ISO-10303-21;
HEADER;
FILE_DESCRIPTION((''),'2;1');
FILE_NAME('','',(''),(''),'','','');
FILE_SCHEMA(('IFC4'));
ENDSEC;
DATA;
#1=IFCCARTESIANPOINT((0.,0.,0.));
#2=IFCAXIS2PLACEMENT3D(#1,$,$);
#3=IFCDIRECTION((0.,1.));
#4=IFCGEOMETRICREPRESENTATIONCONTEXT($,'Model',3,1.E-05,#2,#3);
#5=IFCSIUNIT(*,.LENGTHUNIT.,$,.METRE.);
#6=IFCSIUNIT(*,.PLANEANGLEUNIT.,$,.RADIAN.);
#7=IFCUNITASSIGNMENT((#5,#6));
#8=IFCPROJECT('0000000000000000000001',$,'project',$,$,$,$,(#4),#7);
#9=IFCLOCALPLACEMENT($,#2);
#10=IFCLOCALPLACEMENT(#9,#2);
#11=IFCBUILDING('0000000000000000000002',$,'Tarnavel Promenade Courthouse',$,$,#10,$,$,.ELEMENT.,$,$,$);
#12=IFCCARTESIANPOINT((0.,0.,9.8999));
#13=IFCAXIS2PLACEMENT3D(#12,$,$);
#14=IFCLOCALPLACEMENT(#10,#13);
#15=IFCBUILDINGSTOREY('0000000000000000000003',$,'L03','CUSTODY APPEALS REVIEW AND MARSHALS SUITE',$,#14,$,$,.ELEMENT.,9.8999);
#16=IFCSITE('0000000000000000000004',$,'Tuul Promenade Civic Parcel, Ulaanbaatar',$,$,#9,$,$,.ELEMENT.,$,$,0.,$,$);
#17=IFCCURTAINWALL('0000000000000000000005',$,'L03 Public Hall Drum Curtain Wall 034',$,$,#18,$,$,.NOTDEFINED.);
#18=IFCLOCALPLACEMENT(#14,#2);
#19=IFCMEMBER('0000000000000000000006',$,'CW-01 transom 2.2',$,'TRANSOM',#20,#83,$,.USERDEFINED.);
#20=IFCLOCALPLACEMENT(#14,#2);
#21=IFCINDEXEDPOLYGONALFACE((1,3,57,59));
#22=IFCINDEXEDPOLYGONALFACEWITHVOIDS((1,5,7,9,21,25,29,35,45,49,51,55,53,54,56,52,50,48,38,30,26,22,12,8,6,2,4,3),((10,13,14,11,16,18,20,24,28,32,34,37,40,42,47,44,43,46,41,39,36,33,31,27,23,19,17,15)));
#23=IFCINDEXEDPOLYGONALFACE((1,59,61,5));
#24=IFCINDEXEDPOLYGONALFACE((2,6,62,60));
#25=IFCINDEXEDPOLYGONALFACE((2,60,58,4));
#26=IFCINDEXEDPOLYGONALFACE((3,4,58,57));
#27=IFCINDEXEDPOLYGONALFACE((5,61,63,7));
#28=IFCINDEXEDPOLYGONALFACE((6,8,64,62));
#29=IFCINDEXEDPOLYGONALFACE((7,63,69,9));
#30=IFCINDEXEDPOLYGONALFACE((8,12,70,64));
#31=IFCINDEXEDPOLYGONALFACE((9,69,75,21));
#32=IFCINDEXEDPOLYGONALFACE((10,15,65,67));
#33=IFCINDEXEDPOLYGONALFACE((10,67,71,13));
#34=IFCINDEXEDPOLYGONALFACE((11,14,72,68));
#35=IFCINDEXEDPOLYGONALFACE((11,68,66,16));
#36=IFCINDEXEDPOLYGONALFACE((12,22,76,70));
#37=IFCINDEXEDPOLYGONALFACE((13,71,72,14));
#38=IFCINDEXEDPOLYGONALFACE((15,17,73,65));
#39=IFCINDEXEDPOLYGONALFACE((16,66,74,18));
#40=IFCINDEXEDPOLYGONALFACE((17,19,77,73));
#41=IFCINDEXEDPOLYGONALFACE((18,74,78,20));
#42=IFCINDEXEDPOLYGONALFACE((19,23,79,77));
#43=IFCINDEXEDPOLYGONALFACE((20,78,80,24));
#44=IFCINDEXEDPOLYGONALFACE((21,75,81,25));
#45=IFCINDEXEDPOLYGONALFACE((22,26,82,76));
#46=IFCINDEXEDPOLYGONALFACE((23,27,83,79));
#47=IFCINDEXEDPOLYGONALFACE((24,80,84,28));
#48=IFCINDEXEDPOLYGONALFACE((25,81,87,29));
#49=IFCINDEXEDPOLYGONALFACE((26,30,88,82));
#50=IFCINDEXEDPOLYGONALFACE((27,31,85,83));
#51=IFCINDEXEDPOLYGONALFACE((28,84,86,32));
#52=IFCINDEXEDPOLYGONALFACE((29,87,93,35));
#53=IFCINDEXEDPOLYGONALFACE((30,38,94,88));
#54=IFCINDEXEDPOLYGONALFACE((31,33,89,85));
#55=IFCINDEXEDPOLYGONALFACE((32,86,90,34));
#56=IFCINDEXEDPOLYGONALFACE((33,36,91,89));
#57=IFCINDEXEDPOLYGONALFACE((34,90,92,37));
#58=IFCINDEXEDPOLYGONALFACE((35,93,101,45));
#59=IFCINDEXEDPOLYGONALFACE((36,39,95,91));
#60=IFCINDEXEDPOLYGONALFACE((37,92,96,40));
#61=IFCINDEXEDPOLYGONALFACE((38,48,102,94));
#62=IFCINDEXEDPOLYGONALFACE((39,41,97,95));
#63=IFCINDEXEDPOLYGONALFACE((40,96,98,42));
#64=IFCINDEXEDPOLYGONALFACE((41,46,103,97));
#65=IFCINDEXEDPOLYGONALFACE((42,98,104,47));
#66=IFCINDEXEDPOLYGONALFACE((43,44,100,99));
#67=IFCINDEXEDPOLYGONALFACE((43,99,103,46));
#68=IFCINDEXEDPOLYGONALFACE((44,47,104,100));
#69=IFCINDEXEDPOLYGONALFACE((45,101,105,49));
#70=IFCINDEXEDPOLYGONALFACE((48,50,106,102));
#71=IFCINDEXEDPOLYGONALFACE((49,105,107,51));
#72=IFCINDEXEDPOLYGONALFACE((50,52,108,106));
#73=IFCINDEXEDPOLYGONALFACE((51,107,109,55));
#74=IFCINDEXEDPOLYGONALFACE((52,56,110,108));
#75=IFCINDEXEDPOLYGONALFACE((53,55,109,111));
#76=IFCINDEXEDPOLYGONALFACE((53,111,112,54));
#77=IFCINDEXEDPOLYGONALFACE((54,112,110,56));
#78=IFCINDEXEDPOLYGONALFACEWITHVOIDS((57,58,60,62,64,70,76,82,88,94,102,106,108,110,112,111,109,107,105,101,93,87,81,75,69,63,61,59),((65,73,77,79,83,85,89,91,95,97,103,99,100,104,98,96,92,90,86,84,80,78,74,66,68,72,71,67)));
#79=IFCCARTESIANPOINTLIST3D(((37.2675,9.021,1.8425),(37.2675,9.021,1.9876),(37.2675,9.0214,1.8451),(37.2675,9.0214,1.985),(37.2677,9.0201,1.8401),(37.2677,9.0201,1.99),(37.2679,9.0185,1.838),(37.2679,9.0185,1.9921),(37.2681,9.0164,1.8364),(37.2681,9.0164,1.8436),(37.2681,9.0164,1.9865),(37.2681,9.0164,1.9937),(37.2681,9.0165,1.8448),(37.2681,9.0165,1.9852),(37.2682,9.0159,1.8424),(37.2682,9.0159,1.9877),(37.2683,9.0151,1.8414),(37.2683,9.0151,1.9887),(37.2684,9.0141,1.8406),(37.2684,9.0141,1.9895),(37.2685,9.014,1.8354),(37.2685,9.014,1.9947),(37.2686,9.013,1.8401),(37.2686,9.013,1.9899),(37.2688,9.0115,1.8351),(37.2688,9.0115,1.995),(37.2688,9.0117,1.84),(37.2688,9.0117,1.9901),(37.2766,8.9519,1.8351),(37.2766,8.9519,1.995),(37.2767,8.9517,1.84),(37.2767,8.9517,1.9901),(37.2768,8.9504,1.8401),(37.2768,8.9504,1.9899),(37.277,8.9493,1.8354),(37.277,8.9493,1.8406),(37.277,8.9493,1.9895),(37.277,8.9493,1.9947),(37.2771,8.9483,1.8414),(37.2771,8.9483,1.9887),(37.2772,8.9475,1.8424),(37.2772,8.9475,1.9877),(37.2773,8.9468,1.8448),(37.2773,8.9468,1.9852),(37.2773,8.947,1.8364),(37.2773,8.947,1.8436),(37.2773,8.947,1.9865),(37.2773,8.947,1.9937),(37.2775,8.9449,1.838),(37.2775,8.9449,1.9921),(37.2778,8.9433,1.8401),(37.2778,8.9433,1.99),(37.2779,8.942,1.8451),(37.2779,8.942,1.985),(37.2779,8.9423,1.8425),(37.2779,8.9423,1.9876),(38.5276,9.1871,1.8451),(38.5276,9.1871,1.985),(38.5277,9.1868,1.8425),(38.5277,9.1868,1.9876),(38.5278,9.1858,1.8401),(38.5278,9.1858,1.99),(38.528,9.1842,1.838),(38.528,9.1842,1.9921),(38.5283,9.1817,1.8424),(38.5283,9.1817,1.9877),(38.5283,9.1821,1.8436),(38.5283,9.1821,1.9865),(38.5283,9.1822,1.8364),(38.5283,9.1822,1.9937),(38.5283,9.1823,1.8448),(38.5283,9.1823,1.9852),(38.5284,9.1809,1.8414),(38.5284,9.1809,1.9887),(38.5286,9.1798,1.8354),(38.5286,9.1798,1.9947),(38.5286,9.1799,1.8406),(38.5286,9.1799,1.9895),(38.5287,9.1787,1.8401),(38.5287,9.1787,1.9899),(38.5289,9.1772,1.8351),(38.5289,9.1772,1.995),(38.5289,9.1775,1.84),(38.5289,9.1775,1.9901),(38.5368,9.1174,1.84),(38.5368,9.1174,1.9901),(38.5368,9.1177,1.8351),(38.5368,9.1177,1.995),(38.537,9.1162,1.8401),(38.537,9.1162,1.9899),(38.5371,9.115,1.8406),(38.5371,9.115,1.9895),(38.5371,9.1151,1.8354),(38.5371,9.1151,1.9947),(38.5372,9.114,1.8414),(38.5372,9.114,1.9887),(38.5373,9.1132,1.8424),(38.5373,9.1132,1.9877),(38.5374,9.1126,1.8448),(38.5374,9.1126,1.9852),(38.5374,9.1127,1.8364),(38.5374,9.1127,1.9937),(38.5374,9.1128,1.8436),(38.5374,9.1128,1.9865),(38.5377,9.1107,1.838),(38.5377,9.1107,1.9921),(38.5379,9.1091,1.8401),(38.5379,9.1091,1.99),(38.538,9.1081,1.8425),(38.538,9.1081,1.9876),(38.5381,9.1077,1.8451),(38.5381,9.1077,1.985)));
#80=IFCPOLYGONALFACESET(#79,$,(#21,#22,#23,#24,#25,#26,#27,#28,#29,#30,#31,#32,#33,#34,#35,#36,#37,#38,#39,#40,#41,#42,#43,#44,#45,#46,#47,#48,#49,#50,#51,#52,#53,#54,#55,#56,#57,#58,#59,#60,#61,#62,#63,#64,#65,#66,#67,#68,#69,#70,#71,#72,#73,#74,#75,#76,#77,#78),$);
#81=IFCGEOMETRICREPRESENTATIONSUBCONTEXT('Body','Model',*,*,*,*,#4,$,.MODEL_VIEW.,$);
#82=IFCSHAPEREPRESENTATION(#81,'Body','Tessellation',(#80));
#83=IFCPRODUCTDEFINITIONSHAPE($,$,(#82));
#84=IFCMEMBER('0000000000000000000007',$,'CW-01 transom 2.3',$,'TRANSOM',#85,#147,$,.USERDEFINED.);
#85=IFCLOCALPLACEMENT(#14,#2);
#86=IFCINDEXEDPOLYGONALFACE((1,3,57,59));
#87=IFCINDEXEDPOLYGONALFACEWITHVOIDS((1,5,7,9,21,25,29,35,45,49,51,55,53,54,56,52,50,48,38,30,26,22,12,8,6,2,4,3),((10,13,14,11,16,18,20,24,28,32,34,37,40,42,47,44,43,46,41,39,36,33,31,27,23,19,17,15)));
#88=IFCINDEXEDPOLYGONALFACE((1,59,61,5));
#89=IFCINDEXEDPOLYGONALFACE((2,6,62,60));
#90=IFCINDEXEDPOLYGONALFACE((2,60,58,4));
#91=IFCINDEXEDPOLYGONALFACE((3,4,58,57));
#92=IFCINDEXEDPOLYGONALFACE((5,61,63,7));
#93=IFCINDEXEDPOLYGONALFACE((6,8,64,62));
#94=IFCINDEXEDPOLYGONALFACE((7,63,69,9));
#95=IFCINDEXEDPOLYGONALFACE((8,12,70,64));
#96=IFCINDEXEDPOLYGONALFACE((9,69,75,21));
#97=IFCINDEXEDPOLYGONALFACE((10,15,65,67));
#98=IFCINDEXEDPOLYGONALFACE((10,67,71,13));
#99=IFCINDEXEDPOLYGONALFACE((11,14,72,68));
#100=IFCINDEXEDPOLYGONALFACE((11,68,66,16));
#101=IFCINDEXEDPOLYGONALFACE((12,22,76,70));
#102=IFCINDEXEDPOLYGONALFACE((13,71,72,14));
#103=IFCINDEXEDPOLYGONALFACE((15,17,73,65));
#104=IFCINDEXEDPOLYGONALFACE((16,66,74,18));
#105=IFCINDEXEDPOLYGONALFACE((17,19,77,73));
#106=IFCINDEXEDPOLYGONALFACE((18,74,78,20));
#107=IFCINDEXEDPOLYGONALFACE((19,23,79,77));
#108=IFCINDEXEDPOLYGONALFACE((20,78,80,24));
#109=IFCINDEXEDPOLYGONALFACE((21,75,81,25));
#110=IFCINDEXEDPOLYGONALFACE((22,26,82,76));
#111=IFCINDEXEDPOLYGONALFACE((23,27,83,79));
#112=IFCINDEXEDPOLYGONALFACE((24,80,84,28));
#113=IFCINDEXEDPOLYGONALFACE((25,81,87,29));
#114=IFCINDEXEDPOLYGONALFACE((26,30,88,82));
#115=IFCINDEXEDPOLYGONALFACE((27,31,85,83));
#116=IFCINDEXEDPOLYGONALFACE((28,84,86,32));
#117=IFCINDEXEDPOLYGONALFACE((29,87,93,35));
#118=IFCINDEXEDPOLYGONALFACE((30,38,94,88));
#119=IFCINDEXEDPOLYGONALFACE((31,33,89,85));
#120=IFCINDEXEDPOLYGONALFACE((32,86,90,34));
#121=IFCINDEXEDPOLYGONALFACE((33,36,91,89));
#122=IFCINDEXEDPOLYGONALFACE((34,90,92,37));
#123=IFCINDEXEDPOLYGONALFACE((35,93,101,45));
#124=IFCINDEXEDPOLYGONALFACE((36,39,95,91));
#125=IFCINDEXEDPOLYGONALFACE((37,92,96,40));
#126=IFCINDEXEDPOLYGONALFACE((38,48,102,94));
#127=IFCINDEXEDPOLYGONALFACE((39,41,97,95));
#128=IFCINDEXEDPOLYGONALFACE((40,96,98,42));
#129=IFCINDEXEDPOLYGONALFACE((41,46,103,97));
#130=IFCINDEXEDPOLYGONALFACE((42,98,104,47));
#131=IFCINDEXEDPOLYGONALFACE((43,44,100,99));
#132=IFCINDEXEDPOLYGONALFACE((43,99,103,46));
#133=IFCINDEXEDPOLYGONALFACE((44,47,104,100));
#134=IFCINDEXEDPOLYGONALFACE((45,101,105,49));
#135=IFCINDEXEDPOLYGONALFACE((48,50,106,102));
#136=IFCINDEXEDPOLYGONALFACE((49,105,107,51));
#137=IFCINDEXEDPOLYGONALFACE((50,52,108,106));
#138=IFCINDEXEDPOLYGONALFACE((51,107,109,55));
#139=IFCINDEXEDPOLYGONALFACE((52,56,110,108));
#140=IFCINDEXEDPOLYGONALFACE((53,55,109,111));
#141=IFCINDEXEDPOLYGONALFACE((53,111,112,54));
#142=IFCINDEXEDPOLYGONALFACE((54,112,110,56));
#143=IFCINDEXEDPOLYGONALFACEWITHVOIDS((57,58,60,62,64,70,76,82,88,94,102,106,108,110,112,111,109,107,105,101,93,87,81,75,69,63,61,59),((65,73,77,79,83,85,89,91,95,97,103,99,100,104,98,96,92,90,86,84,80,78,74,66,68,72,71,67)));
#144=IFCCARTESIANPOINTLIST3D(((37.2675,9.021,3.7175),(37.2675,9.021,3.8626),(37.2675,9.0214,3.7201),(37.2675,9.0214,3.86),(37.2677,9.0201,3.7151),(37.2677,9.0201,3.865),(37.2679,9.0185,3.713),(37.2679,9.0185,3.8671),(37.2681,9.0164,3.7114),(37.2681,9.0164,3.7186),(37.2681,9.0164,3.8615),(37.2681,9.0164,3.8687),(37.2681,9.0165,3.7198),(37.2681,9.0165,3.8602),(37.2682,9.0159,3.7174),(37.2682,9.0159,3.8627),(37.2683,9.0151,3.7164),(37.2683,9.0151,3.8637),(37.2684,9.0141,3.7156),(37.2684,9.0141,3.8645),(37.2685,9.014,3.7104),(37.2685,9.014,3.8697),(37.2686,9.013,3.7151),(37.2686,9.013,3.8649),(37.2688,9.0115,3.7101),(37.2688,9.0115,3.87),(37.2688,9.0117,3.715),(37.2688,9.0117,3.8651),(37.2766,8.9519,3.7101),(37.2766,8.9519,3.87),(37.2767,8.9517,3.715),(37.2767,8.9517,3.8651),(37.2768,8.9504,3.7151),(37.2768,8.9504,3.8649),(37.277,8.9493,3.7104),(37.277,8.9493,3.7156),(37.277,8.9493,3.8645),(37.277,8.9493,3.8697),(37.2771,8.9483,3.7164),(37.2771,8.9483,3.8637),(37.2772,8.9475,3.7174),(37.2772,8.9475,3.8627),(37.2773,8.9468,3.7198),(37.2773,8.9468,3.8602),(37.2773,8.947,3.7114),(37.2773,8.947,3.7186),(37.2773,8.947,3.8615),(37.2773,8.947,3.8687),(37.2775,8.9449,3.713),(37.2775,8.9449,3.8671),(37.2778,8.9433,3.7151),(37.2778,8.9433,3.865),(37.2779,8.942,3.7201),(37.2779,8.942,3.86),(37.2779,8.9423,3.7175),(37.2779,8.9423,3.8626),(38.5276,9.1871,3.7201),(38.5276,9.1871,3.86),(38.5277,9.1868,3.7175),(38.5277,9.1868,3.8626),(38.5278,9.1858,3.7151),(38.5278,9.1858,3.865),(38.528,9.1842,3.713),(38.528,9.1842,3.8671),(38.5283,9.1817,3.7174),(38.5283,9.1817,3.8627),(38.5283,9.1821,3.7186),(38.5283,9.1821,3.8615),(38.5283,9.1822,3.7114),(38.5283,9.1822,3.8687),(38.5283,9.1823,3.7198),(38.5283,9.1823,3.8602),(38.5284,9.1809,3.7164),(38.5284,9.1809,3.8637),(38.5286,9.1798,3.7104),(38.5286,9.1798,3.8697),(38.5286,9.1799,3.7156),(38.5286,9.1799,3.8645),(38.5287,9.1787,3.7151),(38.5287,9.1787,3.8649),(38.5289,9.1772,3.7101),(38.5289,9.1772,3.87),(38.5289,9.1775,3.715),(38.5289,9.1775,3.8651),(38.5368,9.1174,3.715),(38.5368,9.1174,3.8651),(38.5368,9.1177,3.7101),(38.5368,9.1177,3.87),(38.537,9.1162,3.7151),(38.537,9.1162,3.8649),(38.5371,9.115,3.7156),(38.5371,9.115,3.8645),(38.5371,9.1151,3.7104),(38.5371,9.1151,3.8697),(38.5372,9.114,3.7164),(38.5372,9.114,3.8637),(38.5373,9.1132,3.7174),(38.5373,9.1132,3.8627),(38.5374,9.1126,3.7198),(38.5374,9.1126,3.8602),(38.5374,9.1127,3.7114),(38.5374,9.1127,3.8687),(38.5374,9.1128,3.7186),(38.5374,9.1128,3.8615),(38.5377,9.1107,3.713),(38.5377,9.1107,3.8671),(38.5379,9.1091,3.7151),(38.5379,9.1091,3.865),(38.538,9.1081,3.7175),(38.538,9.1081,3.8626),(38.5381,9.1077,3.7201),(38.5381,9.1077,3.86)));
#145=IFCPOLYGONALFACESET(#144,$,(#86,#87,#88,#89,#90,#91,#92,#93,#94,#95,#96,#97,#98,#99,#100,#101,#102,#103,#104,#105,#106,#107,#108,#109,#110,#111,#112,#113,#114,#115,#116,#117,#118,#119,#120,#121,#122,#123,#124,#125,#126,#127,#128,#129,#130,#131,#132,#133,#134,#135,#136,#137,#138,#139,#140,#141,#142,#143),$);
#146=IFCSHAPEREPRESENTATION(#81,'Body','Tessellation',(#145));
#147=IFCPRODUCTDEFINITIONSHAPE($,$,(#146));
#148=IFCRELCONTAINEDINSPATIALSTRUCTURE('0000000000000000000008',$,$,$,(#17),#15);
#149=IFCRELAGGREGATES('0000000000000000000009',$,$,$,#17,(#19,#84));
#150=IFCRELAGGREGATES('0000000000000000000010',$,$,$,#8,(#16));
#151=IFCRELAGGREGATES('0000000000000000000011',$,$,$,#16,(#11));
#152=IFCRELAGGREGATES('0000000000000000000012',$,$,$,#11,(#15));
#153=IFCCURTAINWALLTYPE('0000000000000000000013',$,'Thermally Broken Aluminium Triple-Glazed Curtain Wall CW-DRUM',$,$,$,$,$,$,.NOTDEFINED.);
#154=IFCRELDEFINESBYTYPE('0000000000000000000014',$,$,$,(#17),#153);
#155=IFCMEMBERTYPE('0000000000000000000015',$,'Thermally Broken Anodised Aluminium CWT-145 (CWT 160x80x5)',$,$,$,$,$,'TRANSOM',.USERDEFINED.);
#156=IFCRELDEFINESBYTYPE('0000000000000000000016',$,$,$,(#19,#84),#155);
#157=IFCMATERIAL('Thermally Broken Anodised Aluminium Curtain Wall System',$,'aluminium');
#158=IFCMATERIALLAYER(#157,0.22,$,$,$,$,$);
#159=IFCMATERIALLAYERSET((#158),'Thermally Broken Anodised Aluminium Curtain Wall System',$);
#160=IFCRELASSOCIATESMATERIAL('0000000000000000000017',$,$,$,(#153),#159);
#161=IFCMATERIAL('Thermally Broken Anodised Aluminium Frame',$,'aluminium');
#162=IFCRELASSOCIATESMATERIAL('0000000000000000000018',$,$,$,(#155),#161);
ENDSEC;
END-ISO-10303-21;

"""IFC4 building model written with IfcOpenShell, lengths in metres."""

from ifc_helpers import new_model, si_unit, direction, frame, origin, origin_2d, place, context, subcontext, project, spatial, hollow_rectangle, extrude, material, layer, layer_set, material_profile, profile_set, type_object, element, aggregate, save


model = new_model("IFC4")

# Units and contexts
model_context = context("Model", 3, precision=1e-05, world=origin(), true_north=direction((0.0, 1.0)))
body_context = subcontext(model_context, "Body", "Model", "MODEL_VIEW")
ifc_project = project(units=[si_unit("LENGTHUNIT", "METRE"), si_unit("PLANEANGLEUNIT", "RADIAN")], contexts=[model_context])

# Site, building, storey
site_placement = place(None, origin())
site = spatial("IfcSite", under=ifc_project, at=site_placement, Name="Tuul Promenade Civic Parcel, Ulaanbaatar", CompositionType="ELEMENT", RefElevation=0.0)
building_placement = place(site_placement, origin())
building = spatial("IfcBuilding", under=site, at=building_placement, Name="Tarnavel Promenade Courthouse", CompositionType="ELEMENT")
storey_placement = place(building_placement, frame((0.0, 0.0, 9.8999)))
storey = spatial("IfcBuildingStorey", under=building, at=storey_placement, Name="L03", Description="CUSTODY APPEALS REVIEW AND MARSHALS SUITE", CompositionType="ELEMENT", Elevation=9.8999)

# Curtain wall, members
ifc_material_1 = material(Name="Thermally Broken Anodised Aluminium Curtain Wall System", Category="aluminium")
ifc_layer_1 = layer(ifc_material_1, 0.22)
ifc_layer_set_1 = layer_set([ifc_layer_1], Name="Thermally Broken Anodised Aluminium Curtain Wall System")
curtain_wall_type = type_object("IfcCurtainWallType", Name="Thermally Broken Aluminium Triple-Glazed Curtain Wall CW-DRUM", PredefinedType="NOTDEFINED", material=ifc_layer_set_1)
ifc_material_2 = material(Name="Thermally Broken Anodised Aluminium Frame", Category="aluminium")
ifc_material_profile_1 = material_profile(ifc_material_2, hollow_rectangle(XDim=0.0801, YDim=0.1599, WallThickness=0.0049, InnerFilletRadius=0.0049, OuterFilletRadius=0.01, at=origin_2d()), Name="CWT 160x80x5")
ifc_profile_set_1 = profile_set([ifc_material_profile_1], Name="Thermally Broken Anodised Aluminium Frame")
member_type_1 = type_object("IfcMemberType", Name="Thermally Broken Anodised Aluminium CWT-145 (CWT 160x80x5)", ElementType="TRANSOM", PredefinedType="USERDEFINED", material=ifc_profile_set_1)
curtain_wall_1_placement = place(storey_placement, origin())
curtain_wall_1 = element("IfcCurtainWall", 1, at=curtain_wall_1_placement, inside=storey, type_object=curtain_wall_type, Name="L03 Public Hall Drum Curtain Wall 034", PredefinedType="NOTDEFINED")
member_1_placement = place(storey_placement, frame((37.2727, 8.9817, 1.915), z_axis=(0.99146, 0.130415, 0.0), x_axis=(-0.130415, 0.99146, 0.0)))
member_1 = element("IfcMember", 2, at=member_1_placement, type_object=member_type_1, Name="CW-01 transom 2.2", ObjectType="TRANSOM", PredefinedType="USERDEFINED", context=body_context, shape_type="SweptSolid", body=[
    extrude(hollow_rectangle(XDim=0.0801, YDim=0.1599, WallThickness=0.0049, InnerFilletRadius=0.0049, OuterFilletRadius=0.01, at=origin_2d()), origin(), (0.0, 0.0, 1.0), 1.271),
])
member_2_placement = place(storey_placement, frame((37.2727, 8.9817, 3.79), z_axis=(0.99146, 0.130415, 0.0), x_axis=(-0.130415, 0.99146, 0.0)))
member_2 = element("IfcMember", 3, at=member_2_placement, type_object=member_type_1, Name="CW-01 transom 2.3", ObjectType="TRANSOM", PredefinedType="USERDEFINED", context=body_context, shape_type="SweptSolid", body=[
    extrude(hollow_rectangle(XDim=0.0801, YDim=0.1599, WallThickness=0.0049, InnerFilletRadius=0.0049, OuterFilletRadius=0.01, at=origin_2d()), origin(), (0.0, 0.0, 1.0), 1.271),
])

aggregate(curtain_wall_1, [member_1, member_2])

save(model, "model.ifc")
